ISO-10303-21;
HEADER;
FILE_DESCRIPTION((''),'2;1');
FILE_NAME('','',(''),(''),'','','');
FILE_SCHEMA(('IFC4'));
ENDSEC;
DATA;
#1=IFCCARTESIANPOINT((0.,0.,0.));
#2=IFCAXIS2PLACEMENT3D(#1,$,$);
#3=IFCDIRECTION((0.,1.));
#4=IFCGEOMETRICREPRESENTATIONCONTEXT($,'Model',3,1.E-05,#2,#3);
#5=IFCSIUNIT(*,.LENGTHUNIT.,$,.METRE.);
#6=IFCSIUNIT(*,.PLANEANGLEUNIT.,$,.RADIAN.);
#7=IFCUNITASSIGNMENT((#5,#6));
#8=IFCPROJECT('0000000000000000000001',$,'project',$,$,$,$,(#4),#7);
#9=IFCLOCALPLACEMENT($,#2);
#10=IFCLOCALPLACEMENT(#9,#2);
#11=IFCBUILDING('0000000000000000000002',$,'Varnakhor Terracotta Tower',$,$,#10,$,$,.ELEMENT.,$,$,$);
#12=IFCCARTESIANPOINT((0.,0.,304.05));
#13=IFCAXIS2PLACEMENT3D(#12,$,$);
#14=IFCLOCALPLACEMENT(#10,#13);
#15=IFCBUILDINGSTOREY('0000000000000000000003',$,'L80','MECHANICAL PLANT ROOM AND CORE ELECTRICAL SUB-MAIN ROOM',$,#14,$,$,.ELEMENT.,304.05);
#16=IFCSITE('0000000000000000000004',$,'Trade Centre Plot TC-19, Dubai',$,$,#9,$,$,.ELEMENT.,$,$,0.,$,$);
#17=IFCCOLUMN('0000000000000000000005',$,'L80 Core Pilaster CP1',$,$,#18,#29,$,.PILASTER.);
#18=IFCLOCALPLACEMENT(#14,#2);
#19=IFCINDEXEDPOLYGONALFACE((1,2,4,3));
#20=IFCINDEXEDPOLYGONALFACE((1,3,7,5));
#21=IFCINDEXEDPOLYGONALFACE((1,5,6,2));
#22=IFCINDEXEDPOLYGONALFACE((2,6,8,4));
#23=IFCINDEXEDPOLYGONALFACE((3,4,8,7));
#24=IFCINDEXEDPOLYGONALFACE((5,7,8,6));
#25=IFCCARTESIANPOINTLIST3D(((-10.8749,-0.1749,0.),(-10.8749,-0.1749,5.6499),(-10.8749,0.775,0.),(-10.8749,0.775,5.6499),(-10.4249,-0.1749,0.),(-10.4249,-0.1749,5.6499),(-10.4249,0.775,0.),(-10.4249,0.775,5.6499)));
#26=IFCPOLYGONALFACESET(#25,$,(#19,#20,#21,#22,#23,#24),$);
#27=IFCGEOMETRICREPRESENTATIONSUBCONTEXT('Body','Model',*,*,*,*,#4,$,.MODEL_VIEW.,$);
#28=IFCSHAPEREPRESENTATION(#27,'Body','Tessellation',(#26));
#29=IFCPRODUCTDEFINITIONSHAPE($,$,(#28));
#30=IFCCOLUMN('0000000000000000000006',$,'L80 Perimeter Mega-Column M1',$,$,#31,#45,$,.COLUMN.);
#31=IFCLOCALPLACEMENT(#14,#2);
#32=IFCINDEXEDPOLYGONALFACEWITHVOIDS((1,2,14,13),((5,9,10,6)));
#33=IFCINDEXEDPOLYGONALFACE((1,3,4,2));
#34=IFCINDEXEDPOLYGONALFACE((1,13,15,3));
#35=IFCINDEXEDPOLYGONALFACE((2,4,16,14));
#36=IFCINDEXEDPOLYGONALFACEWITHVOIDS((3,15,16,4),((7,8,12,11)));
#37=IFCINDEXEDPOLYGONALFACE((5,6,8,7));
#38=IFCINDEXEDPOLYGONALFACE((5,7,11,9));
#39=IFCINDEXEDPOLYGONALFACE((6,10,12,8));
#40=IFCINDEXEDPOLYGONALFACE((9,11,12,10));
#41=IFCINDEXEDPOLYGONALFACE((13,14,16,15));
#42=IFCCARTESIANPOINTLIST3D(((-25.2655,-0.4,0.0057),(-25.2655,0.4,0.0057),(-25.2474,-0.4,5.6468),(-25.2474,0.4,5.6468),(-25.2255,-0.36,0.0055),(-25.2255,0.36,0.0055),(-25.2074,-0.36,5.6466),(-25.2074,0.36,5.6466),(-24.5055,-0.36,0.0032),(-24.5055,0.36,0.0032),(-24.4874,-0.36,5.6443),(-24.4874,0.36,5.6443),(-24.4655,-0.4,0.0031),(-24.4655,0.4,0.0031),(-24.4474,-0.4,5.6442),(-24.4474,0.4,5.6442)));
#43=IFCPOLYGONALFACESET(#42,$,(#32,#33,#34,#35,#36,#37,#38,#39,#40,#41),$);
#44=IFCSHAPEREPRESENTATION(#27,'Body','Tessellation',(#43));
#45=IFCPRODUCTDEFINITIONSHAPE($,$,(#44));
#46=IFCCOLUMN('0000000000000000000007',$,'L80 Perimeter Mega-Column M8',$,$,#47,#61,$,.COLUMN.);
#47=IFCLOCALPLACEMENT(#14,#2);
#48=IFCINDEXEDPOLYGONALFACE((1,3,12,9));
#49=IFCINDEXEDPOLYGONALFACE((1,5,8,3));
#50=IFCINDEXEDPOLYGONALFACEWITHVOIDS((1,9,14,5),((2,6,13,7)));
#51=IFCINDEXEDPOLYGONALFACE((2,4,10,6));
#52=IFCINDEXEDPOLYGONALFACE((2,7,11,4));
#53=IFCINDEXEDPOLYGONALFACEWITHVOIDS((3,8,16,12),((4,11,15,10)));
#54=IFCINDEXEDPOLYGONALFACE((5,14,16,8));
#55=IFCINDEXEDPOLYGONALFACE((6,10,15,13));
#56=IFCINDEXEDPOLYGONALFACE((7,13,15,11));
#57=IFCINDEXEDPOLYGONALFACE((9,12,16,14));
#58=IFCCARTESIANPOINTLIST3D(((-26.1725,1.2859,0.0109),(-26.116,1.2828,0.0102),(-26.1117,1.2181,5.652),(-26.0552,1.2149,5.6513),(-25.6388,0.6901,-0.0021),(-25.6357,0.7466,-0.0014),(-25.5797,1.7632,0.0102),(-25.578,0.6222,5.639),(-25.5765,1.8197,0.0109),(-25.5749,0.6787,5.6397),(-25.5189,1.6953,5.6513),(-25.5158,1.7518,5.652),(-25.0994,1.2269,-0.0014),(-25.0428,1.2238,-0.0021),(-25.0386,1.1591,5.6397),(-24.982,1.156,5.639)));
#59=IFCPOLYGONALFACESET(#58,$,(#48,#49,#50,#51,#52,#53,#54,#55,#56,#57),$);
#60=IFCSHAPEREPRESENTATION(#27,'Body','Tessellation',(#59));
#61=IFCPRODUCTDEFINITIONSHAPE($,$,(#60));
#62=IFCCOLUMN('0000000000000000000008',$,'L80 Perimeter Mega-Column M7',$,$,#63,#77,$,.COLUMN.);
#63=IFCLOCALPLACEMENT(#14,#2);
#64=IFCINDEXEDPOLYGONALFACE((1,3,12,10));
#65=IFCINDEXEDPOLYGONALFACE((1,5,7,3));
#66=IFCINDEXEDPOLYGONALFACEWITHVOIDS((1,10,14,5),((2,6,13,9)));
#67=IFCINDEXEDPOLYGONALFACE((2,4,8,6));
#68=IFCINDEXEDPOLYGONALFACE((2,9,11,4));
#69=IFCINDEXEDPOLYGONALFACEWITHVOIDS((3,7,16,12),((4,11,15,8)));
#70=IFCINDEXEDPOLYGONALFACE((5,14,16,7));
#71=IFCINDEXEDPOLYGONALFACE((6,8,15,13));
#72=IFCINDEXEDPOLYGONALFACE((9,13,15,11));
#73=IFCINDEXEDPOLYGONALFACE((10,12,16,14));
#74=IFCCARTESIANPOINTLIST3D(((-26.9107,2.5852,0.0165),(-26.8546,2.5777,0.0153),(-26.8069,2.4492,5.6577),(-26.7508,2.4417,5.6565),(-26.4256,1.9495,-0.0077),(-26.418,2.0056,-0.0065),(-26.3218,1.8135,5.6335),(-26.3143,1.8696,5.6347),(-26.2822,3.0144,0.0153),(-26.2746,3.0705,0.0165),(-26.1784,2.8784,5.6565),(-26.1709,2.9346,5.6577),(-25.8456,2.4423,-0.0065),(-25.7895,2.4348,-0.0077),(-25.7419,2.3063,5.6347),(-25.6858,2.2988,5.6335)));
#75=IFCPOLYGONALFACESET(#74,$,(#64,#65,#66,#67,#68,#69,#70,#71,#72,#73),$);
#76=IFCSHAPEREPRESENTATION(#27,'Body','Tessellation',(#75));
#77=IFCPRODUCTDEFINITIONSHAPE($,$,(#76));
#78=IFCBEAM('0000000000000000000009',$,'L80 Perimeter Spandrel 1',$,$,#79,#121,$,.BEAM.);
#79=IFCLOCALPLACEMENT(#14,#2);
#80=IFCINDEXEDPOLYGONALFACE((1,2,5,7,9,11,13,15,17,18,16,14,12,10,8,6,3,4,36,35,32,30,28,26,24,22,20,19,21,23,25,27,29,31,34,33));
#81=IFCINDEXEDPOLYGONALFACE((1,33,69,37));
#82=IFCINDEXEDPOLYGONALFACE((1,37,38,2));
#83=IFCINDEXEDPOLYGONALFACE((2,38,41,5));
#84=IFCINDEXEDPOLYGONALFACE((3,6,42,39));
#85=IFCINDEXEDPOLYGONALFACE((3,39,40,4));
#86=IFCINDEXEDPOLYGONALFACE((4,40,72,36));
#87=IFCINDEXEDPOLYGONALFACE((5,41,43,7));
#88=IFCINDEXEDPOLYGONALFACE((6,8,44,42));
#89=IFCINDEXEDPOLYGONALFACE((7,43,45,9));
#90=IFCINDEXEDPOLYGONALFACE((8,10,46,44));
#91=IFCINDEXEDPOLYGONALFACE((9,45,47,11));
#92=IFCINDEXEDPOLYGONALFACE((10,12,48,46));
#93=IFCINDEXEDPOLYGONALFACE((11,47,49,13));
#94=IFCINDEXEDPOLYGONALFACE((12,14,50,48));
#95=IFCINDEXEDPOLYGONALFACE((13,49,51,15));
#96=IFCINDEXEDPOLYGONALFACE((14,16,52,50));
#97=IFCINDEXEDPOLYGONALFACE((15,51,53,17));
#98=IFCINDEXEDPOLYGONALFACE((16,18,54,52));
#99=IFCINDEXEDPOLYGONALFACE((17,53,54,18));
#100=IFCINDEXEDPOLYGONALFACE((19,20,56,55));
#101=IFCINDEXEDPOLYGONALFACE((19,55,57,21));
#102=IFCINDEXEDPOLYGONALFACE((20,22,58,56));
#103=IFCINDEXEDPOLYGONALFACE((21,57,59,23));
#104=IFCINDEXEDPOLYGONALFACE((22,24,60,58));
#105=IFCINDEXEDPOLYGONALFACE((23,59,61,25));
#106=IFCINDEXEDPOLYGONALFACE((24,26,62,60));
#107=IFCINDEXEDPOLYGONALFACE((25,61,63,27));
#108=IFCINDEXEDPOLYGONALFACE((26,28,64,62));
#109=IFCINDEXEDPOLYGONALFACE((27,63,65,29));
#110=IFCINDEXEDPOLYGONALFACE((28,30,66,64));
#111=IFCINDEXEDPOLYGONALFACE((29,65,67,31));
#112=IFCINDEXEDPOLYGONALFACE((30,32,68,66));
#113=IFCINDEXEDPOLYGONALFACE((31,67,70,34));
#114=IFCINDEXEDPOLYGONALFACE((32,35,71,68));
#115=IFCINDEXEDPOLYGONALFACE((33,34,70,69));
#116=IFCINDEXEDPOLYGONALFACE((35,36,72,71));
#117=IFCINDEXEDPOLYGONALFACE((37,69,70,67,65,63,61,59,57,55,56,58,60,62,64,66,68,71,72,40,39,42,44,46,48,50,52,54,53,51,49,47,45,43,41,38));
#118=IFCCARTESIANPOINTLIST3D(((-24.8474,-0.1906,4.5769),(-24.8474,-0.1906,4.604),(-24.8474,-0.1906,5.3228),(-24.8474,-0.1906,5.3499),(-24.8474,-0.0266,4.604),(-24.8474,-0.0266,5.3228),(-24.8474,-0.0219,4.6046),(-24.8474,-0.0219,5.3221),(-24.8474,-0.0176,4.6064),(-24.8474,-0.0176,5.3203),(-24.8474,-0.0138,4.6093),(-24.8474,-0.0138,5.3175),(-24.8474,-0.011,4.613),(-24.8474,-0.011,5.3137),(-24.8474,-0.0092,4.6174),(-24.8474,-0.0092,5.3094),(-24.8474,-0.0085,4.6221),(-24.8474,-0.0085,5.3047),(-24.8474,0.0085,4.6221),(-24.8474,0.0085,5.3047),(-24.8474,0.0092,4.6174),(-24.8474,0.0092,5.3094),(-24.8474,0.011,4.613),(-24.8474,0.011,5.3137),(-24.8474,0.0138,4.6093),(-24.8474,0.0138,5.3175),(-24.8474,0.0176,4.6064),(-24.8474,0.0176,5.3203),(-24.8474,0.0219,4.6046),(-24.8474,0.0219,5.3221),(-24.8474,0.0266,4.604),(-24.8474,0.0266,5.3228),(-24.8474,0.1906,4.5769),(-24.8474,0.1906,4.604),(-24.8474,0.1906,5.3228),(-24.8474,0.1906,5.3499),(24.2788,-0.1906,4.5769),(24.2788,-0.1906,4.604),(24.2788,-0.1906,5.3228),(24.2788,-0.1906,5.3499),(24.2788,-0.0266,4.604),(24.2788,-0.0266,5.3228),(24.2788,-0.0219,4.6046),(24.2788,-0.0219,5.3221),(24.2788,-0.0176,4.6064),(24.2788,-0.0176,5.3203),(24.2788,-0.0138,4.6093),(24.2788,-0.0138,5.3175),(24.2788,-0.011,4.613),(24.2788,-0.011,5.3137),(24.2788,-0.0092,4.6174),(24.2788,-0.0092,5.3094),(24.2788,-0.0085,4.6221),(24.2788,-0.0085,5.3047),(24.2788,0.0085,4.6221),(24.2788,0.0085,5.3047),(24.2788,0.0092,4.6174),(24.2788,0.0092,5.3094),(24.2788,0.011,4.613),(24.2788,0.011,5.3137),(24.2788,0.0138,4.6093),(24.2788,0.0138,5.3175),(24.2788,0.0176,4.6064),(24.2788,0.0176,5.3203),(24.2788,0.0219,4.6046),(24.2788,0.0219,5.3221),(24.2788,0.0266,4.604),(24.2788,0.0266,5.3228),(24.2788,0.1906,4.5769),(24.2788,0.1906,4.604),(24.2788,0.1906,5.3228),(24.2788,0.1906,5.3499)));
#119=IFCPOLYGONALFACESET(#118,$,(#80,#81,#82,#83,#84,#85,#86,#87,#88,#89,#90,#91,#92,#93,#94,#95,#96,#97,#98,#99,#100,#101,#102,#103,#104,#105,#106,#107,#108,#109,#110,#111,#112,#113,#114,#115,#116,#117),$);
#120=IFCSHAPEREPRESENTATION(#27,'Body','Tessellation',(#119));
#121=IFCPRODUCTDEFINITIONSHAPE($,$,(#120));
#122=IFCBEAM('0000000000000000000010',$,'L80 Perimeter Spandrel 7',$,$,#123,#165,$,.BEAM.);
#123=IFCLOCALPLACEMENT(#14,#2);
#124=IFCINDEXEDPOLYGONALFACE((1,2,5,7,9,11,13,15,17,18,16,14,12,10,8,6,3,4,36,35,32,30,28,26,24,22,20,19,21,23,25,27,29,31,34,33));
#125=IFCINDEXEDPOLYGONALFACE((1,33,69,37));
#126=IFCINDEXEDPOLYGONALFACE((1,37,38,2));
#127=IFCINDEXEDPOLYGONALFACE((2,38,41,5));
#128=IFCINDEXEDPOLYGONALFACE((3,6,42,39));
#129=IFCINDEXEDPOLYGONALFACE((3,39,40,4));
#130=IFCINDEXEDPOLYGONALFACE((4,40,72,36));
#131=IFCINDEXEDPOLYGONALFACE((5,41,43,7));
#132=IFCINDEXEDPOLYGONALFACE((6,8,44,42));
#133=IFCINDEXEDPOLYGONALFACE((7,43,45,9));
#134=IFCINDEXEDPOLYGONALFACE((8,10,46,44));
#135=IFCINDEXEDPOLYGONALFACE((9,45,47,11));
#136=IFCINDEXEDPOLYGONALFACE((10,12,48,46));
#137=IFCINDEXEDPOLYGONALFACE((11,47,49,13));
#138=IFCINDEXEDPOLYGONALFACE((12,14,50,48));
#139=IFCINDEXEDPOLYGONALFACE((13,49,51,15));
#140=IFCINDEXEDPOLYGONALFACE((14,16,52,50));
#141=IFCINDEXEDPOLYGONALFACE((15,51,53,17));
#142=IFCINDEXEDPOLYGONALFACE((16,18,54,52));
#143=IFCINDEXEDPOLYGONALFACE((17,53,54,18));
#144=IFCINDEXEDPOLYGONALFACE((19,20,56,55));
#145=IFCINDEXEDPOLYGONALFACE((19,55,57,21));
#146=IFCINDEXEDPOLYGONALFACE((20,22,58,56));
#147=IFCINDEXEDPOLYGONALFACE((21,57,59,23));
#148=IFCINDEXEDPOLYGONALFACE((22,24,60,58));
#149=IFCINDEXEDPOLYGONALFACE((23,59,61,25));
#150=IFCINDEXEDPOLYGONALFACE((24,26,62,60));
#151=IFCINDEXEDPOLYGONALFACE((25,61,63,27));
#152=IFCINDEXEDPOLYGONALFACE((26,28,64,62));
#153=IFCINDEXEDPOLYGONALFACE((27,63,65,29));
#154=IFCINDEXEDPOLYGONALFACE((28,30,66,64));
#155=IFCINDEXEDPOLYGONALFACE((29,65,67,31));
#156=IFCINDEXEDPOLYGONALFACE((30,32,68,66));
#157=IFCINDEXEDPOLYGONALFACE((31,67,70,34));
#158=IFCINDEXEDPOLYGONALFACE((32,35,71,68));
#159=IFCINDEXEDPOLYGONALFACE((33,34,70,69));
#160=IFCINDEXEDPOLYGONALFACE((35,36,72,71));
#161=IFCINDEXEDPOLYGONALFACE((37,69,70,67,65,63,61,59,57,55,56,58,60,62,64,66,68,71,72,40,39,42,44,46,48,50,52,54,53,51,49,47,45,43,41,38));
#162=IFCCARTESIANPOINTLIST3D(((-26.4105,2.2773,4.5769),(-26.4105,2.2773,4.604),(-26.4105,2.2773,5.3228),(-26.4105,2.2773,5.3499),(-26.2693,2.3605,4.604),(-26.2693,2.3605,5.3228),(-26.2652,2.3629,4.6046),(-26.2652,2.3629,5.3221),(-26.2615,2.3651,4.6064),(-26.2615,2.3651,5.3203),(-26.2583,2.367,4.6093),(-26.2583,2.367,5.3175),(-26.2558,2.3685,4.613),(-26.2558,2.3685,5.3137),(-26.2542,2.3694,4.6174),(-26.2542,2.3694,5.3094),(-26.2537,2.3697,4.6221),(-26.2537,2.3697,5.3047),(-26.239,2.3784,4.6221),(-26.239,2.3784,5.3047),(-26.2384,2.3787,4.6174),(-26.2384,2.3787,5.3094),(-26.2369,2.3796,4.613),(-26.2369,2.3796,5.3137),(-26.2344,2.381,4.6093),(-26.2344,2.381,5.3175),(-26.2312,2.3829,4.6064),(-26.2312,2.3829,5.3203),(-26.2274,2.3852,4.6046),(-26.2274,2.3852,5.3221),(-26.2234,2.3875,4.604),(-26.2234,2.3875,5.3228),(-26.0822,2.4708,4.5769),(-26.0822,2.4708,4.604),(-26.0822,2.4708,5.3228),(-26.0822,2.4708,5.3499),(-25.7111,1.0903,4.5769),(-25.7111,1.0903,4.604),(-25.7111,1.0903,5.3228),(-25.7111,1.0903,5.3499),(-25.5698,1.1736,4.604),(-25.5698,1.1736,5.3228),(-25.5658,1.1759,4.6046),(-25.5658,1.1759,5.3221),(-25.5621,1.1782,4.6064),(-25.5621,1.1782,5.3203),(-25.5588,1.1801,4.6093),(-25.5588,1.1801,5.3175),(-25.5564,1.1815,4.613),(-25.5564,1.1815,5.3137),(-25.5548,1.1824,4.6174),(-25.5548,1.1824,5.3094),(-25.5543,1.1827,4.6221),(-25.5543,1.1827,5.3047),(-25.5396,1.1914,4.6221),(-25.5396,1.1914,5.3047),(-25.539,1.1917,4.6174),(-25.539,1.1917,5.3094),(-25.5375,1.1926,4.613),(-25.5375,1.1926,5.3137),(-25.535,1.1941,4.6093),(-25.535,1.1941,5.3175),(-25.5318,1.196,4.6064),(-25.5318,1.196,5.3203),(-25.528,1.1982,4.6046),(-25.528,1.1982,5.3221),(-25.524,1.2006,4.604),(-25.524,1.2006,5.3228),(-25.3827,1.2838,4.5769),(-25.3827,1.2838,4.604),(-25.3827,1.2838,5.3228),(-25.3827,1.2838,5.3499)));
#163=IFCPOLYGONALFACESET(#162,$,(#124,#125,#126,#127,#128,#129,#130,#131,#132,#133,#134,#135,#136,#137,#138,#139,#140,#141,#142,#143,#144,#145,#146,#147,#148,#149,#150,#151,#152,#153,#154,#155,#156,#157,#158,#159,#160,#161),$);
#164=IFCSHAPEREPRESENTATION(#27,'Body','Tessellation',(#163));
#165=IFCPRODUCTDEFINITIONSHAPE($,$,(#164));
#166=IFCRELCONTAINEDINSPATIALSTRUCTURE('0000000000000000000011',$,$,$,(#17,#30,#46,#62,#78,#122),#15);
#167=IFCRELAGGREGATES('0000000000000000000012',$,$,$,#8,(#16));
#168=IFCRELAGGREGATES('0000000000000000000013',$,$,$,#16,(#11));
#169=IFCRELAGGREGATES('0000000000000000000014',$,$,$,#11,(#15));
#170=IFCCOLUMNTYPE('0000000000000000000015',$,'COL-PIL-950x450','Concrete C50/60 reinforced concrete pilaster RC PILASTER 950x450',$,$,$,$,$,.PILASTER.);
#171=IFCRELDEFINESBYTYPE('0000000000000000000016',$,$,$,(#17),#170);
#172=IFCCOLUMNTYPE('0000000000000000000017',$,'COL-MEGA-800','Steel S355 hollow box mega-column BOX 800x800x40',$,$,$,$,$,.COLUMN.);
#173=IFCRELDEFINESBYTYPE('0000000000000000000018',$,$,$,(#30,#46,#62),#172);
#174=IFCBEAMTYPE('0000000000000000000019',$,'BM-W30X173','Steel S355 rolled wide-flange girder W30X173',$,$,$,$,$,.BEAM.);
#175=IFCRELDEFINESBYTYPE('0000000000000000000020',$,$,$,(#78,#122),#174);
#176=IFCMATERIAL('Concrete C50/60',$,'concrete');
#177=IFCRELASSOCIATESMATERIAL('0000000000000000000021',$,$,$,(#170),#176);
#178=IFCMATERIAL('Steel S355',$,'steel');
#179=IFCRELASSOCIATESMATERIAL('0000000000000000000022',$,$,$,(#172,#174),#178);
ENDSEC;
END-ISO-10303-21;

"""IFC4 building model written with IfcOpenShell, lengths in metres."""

from ifc_helpers import new_model, si_unit, direction, frame, origin, origin_2d, place, context, subcontext, project, spatial, rectangle, hollow_rectangle, i_section, extrude, source, transform, mapped, material, material_profile, profile_set, type_object, element, save


model = new_model("IFC4")

# Units and contexts
model_context = context("Model", 3, precision=1e-05, world=origin(), true_north=direction((0.0, 1.0)))
body_context = subcontext(model_context, "Body", "Model", "MODEL_VIEW")
ifc_project = project(units=[si_unit("LENGTHUNIT", "METRE"), si_unit("PLANEANGLEUNIT", "RADIAN")], contexts=[model_context])

# Site, building, storey
site_placement = place(None, origin())
site = spatial("IfcSite", under=ifc_project, at=site_placement, Name="Trade Centre Plot TC-19, Dubai", CompositionType="ELEMENT", RefElevation=0.0)
building_placement = place(site_placement, origin())
building = spatial("IfcBuilding", under=site, at=building_placement, Name="Varnakhor Terracotta Tower", CompositionType="ELEMENT")
storey_placement = place(building_placement, frame((0.0, 0.0, 304.05)))
storey = spatial("IfcBuildingStorey", under=building, at=storey_placement, Name="L80", Description="MECHANICAL PLANT ROOM AND CORE ELECTRICAL SUB-MAIN ROOM", CompositionType="ELEMENT", Elevation=304.05)

# Columns
ifc_material_1 = material(Name="Concrete C50/60", Category="concrete")
ifc_material_profile_1 = material_profile(ifc_material_1, rectangle(XDim=0.45, YDim=0.95, at=origin_2d()), Name="RC PILASTER 950x450")
ifc_profile_set_1 = profile_set([ifc_material_profile_1], Name="Concrete C50/60")
column_type_1 = type_object("IfcColumnType", Name="COL-PIL-950x450", Description="Concrete C50/60 reinforced concrete pilaster RC PILASTER 950x450", PredefinedType="PILASTER", material=ifc_profile_set_1)
shared_shape_1 = source(origin(), body_context, "Body", "SweptSolid", [
    extrude(rectangle(XDim=0.45, YDim=0.95, at=origin_2d()), origin(), (0.0, 0.0, 1.0), 5.6499),
])
column_1_placement = place(storey_placement, frame((-10.6499, 0.3, 0.0), z_axis=(0.0, 0.0, 1.0), x_axis=(1.0, 0.0, 0.0)))
element("IfcColumn", 1, at=column_1_placement, inside=storey, type_object=column_type_1, Name="L80 Core Pilaster CP1", PredefinedType="PILASTER", context=body_context, shape_type="MappedRepresentation", body=[
    mapped(shared_shape_1, transform((0.0, 0.0, 0.0), scale=1.0)),
])
ifc_material_2 = material(Name="Steel S355", Category="steel")
ifc_material_profile_2 = material_profile(ifc_material_2, hollow_rectangle(XDim=0.8, YDim=0.8, WallThickness=0.04, at=origin_2d()), Name="BOX 800x800x40")
ifc_profile_set_2 = profile_set([ifc_material_profile_2], Name="Steel S355")
column_type_2 = type_object("IfcColumnType", Name="COL-MEGA-800", Description="Steel S355 hollow box mega-column BOX 800x800x40", PredefinedType="COLUMN", material=ifc_profile_set_2)
shared_shape_2 = source(origin(), body_context, "Body", "SweptSolid", [
    extrude(hollow_rectangle(XDim=0.8, YDim=0.8, WallThickness=0.04, at=origin_2d()), origin(), (0.0, 0.0, 1.0), 5.6411),
])
column_2_placement = place(storey_placement, frame((-24.8655, 0.0, 0.0044), z_axis=(0.003203, 0.0, 0.999995), x_axis=(0.0, 1.0, 0.0)))
element("IfcColumn", 2, at=column_2_placement, inside=storey, type_object=column_type_2, Name="L80 Perimeter Mega-Column M1", PredefinedType="COLUMN", context=body_context, shape_type="MappedRepresentation", body=[
    mapped(shared_shape_2, transform((0.0, 0.0, 0.0), scale=1.0)),
])
shared_shape_3 = source(origin(), body_context, "Body", "SweptSolid", [
    extrude(hollow_rectangle(XDim=0.8, YDim=0.8, WallThickness=0.04, at=origin_2d()), origin(), (0.0, 0.0, 1.0), 5.6418),
])
column_3_placement = place(storey_placement, frame((-25.6077, 1.2549, 0.0044), z_axis=(0.010775, -0.01203, 0.99987), x_axis=(0.744891, 0.667186, 0.0)))
element("IfcColumn", 3, at=column_3_placement, inside=storey, type_object=column_type_2, Name="L80 Perimeter Mega-Column M8", PredefinedType="COLUMN", context=body_context, shape_type="MappedRepresentation", body=[
    mapped(shared_shape_3, transform((0.0, 0.0, 0.0), scale=1.0)),
])
shared_shape_4 = source(origin(), body_context, "Body", "SweptSolid", [
    extrude(hollow_rectangle(XDim=0.8, YDim=0.8, WallThickness=0.04, at=origin_2d()), origin(), (0.0, 0.0, 1.0), 5.6438),
])
column_4_placement = place(storey_placement, frame((-26.3501, 2.51, 0.0044), z_axis=(0.018385, -0.024095, 0.999541), x_axis=(0.795006, 0.606602, 0.0)))
element("IfcColumn", 4, at=column_4_placement, inside=storey, type_object=column_type_2, Name="L80 Perimeter Mega-Column M7", PredefinedType="COLUMN", context=body_context, shape_type="MappedRepresentation", body=[
    mapped(shared_shape_4, transform((0.0, 0.0, 0.0), scale=1.0)),
])

# Beams
ifc_material_profile_3 = material_profile(ifc_material_2, i_section(OverallWidth=0.3811, OverallDepth=0.7729, WebThickness=0.0171, FlangeThickness=0.0271, FilletRadius=0.0181, at=origin_2d()), Name="W30X173")
ifc_profile_set_3 = profile_set([ifc_material_profile_3], Name="Steel S355")
beam_type_1 = type_object("IfcBeamType", Name="BM-W30X173", Description="Steel S355 rolled wide-flange girder W30X173", PredefinedType="BEAM", material=ifc_profile_set_3)
shared_shape_5 = source(origin(), body_context, "Body", "SweptSolid", [
    extrude(i_section(OverallWidth=0.3811, OverallDepth=0.7729, WebThickness=0.0171, FlangeThickness=0.0271, FilletRadius=0.0181, at=origin_2d()), origin(), (0.0, 0.0, 1.0), 49.1262),
])
beam_1_placement = place(storey_placement, frame((-24.8474, 0.0, 4.9634), z_axis=(1.0, 0.0, 0.0), x_axis=(0.0, 1.0, 0.0)))
element("IfcBeam", 5, at=beam_1_placement, inside=storey, type_object=beam_type_1, Name="L80 Perimeter Spandrel 1", PredefinedType="BEAM", context=body_context, shape_type="MappedRepresentation", body=[
    mapped(shared_shape_5, transform((0.0, 0.0, 0.0), scale=1.0)),
])
shared_shape_6 = source(origin(), body_context, "Body", "SweptSolid", [
    extrude(i_section(OverallWidth=0.3811, OverallDepth=0.7729, WebThickness=0.0171, FlangeThickness=0.0271, FilletRadius=0.0181, at=origin_2d()), origin(), (0.0, 0.0, 1.0), 1.3777),
])
for number, where, z_axis, x_axis, name in (
    (6, (-26.2463, 2.374, 4.9634), (0.507678, -0.861547, 0.0), (0.861547, 0.507678, 0.0), "L80 Perimeter Spandrel 7"),
):
    element("IfcBeam", number, at=place(storey_placement, frame(where, z_axis=z_axis, x_axis=x_axis)), inside=storey, type_object=beam_type_1, Name=name, PredefinedType="BEAM", context=body_context, shape_type="MappedRepresentation", body=[
        mapped(shared_shape_6, transform((0.0, 0.0, 0.0), scale=1.0)),
    ])

save(model, "model.ifc")
